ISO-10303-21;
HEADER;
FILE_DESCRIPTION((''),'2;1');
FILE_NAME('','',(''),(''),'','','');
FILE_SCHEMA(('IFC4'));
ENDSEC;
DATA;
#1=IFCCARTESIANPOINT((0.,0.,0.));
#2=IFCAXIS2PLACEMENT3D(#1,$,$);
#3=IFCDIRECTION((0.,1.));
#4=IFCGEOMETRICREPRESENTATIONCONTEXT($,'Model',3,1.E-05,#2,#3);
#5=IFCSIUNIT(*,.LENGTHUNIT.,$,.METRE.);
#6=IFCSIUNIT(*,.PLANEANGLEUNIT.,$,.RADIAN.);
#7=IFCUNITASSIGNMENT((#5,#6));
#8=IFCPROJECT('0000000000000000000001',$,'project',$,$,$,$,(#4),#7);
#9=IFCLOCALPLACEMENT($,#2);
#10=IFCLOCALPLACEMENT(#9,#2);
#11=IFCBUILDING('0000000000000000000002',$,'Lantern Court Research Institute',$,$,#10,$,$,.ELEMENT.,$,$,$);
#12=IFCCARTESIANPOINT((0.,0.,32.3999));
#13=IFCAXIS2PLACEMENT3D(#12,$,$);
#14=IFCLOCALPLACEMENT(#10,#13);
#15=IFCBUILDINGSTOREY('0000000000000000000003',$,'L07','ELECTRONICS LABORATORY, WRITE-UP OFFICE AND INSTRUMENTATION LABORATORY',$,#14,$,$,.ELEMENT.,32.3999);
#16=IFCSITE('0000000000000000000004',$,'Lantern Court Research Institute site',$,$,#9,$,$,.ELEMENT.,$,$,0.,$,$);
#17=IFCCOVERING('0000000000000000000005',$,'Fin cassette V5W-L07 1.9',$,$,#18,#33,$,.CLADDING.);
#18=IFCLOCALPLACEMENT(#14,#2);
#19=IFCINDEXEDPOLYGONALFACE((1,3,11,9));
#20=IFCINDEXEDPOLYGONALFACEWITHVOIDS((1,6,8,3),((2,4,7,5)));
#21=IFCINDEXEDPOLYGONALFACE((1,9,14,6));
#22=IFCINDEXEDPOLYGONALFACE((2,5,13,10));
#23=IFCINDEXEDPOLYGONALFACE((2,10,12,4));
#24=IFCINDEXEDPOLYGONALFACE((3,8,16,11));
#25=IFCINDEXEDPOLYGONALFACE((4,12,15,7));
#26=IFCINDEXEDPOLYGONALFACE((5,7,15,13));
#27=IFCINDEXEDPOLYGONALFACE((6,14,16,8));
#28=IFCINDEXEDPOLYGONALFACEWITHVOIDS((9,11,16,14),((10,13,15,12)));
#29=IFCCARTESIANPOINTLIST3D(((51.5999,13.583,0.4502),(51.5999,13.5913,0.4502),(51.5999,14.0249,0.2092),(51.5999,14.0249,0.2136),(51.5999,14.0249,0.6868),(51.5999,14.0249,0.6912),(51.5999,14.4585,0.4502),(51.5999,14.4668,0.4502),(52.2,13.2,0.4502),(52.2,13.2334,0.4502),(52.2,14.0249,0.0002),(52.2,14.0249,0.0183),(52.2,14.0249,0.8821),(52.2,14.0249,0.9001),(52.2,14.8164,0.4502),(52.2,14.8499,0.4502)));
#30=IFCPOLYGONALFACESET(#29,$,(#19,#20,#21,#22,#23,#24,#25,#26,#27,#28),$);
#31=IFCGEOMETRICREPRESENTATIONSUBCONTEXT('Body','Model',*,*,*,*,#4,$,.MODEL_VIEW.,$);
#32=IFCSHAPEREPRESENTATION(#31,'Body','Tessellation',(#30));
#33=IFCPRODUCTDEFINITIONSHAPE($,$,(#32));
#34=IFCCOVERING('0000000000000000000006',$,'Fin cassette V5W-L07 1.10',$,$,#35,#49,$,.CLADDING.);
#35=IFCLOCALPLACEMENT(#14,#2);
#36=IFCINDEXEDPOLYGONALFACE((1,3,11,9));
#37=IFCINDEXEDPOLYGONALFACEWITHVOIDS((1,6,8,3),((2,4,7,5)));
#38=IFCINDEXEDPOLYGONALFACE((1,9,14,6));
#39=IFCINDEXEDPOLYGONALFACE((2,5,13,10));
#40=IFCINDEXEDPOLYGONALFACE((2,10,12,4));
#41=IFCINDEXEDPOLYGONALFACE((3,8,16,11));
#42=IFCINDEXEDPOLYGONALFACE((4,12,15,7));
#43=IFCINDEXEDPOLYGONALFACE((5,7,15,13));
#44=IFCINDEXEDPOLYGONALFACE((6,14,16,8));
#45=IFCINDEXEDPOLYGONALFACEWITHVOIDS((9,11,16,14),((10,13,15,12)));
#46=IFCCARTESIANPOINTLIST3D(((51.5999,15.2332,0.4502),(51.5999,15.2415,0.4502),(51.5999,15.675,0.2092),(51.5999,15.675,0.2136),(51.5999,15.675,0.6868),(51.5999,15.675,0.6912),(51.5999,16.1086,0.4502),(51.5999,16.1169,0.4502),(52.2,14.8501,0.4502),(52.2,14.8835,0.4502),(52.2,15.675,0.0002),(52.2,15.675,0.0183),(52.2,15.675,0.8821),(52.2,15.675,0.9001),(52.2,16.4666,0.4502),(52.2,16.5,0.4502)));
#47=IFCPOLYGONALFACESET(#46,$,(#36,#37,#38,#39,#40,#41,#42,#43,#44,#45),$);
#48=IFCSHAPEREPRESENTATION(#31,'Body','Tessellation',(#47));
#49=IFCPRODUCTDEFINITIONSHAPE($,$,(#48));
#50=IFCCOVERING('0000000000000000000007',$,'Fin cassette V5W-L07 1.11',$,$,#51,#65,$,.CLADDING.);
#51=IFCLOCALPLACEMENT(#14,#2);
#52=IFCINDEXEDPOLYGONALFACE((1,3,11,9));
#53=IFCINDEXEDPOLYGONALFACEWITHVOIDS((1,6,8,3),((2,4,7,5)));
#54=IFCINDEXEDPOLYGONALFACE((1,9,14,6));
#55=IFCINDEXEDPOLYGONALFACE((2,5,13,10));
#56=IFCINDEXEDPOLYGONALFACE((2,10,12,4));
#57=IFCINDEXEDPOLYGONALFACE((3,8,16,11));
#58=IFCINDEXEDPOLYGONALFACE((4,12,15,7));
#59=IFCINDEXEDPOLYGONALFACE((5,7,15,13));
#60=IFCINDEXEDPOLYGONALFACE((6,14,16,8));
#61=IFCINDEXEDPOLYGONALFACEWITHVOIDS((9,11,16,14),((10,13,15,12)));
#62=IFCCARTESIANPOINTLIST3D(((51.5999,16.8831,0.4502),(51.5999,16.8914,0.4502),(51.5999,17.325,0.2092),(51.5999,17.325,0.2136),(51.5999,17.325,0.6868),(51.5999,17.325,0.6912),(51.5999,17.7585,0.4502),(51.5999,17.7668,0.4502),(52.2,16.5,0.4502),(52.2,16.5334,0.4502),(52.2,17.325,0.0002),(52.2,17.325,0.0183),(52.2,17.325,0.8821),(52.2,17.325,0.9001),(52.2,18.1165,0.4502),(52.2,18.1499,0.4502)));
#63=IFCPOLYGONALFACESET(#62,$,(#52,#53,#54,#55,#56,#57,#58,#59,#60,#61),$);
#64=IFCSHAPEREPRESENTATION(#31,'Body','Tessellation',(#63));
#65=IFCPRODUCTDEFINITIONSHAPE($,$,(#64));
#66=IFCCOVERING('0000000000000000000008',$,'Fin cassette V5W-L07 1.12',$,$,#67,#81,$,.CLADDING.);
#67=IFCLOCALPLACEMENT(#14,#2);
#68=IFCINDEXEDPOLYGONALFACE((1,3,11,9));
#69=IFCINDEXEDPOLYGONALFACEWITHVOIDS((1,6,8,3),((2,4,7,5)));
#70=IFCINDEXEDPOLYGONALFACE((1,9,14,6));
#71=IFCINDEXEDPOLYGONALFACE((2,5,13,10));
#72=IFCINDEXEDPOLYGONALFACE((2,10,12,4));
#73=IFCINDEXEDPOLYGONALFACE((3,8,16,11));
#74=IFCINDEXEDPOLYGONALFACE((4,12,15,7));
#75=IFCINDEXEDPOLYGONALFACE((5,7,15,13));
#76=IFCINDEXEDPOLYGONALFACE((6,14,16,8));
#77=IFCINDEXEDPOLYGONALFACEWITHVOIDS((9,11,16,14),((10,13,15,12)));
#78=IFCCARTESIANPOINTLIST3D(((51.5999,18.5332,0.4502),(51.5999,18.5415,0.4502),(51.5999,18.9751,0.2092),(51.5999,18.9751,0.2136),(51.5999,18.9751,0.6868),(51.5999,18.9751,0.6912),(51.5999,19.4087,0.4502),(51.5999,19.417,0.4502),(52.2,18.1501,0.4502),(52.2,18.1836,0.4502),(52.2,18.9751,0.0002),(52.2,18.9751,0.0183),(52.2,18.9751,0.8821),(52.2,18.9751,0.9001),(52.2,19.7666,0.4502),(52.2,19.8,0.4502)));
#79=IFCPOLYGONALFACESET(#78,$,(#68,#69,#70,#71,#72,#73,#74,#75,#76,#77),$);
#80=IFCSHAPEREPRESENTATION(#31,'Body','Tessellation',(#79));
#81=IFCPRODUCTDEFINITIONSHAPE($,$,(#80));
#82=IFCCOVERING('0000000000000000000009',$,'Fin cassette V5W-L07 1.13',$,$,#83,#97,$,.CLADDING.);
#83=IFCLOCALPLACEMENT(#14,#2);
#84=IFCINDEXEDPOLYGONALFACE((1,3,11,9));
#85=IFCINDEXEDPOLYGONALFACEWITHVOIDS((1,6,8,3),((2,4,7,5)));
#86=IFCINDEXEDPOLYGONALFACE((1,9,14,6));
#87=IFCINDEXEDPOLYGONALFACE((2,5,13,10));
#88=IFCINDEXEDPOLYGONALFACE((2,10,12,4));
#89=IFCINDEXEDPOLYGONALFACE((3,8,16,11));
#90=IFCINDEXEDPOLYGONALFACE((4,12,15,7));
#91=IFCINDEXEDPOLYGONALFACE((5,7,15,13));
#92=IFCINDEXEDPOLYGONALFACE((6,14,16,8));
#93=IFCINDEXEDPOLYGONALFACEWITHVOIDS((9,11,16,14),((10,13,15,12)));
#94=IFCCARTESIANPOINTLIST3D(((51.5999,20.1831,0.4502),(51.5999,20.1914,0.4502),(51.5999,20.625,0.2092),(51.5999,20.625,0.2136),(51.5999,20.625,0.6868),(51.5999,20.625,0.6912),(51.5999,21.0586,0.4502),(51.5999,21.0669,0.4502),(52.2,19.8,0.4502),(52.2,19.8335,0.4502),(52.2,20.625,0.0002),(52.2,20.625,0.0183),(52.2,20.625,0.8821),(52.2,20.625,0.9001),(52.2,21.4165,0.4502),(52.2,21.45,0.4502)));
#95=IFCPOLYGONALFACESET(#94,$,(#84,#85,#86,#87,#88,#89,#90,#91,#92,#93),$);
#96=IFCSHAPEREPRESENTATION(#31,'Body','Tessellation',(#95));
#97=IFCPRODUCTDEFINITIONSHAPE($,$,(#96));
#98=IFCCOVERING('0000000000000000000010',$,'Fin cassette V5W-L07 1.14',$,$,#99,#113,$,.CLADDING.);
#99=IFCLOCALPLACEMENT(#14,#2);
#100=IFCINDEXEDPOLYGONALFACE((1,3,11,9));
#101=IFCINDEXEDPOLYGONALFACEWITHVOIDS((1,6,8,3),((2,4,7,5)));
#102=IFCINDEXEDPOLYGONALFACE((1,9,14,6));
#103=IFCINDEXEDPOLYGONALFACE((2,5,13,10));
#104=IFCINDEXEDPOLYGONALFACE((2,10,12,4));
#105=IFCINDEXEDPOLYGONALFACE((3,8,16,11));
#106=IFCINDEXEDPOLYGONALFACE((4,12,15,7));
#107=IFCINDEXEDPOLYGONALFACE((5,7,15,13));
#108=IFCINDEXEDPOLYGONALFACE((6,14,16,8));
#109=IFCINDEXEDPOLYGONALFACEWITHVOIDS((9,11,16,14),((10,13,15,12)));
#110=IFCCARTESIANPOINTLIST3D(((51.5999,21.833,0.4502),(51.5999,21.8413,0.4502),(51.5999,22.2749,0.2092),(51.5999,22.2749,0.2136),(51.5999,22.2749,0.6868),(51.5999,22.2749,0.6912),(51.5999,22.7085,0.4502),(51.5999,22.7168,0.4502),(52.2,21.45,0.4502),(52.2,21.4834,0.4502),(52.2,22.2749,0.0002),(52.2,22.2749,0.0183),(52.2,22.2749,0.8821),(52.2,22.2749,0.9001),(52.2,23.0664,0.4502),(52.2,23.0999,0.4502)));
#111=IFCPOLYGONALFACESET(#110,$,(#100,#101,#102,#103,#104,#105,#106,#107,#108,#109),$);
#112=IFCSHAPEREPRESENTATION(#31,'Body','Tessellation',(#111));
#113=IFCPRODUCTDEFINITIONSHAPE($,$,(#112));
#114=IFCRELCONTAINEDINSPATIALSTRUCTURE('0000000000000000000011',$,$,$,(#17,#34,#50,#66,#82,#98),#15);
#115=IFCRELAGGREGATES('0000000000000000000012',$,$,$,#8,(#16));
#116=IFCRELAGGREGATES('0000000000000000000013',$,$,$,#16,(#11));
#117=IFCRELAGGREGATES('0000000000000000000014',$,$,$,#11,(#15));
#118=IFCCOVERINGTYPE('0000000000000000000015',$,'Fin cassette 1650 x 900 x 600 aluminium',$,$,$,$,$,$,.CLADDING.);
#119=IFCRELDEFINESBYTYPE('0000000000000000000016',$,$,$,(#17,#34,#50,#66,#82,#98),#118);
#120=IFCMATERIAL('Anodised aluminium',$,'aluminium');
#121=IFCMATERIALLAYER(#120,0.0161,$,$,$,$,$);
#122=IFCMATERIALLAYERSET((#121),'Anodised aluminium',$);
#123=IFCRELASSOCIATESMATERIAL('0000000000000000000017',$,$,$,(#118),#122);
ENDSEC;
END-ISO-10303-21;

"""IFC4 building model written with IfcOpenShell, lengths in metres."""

from ifc_helpers import new_model, entity, si_unit, direction, frame, origin, place, context, subcontext, project, spatial, material, layer, layer_set, type_object, element, save


model = new_model("IFC4")

# Units and contexts
model_context = context("Model", 3, precision=1e-05, world=origin(), true_north=direction((0.0, 1.0)))
body_context = subcontext(model_context, "Body", "Model", "MODEL_VIEW")
ifc_project = project(units=[si_unit("LENGTHUNIT", "METRE"), si_unit("PLANEANGLEUNIT", "RADIAN")], contexts=[model_context])

# Site, building, storey
site_placement = place(None, origin())
site = spatial("IfcSite", under=ifc_project, at=site_placement, Name="Lantern Court Research Institute site", CompositionType="ELEMENT", RefElevation=0.0)
building_placement = place(site_placement, origin())
building = spatial("IfcBuilding", under=site, at=building_placement, Name="Lantern Court Research Institute", CompositionType="ELEMENT")
storey_placement = place(building_placement, frame((0.0, 0.0, 32.3999)))
storey = spatial("IfcBuildingStorey", under=building, at=storey_placement, Name="L07", Description="ELECTRONICS LABORATORY, WRITE-UP OFFICE AND INSTRUMENTATION LABORATORY", CompositionType="ELEMENT", Elevation=32.3999)

# Coverings
ifc_material_1 = material(Name="Anodised aluminium", Category="aluminium")
ifc_layer_1 = layer(ifc_material_1, 0.0161)
ifc_layer_set_1 = layer_set([ifc_layer_1], Name="Anodised aluminium")
covering_type = type_object("IfcCoveringType", Name="Fin cassette 1650 x 900 x 600 aluminium", PredefinedType="CLADDING", material=ifc_layer_set_1)
covering_1_placement = place(storey_placement, frame((52.2, 14.0249, 0.4502), z_axis=(-1.0, 0.0, 0.0), x_axis=(0.0, -1.0, 0.0)))
cartesian_point_1 = entity("IfcCartesianPoint", [0.825, 0.0])
cartesian_point_2 = entity("IfcCartesianPoint", [0.7915, 0.0])
cartesian_point_3 = entity("IfcCartesianPoint", [0.4419, 0.0])
cartesian_point_4 = entity("IfcCartesianPoint", [0.4336, 0.0])
element("IfcCovering", 1, at=covering_1_placement, inside=storey, type_object=covering_type, Name="Fin cassette V5W-L07 1.9", PredefinedType="CLADDING", context=body_context, shape_type="SweptSolid", body=[
    entity("IfcExtrudedAreaSolidTapered", entity("IfcArbitraryProfileDefWithVoids", "AREA", None, entity("IfcPolyline", [cartesian_point_1, entity("IfcCartesianPoint", [0.0, 0.45]), entity("IfcCartesianPoint", [-0.825, 0.0]), entity("IfcCartesianPoint", [0.0, -0.45]), cartesian_point_1]), [entity("IfcPolyline", [cartesian_point_2, entity("IfcCartesianPoint", [0.0, 0.4319]), entity("IfcCartesianPoint", [-0.7915, 0.0]), entity("IfcCartesianPoint", [0.0, -0.4319]), cartesian_point_2])]), entity("IfcAxis2Placement3D", entity("IfcCartesianPoint", [0.0, 0.0, 0.0])), entity("IfcDirection", [0.0, 0.0, 1.0]), 0.6001, entity("IfcArbitraryProfileDefWithVoids", "AREA", None, entity("IfcPolyline", [cartesian_point_3, entity("IfcCartesianPoint", [0.0, 0.241]), entity("IfcCartesianPoint", [-0.4419, 0.0]), entity("IfcCartesianPoint", [0.0, -0.241]), cartesian_point_3]), [entity("IfcPolyline", [cartesian_point_4, entity("IfcCartesianPoint", [0.0, 0.2366]), entity("IfcCartesianPoint", [-0.4336, 0.0]), entity("IfcCartesianPoint", [0.0, -0.2366]), cartesian_point_4])])),
])
covering_2_placement = place(storey_placement, frame((52.2, 15.675, 0.4502), z_axis=(-1.0, 0.0, 0.0), x_axis=(0.0, -1.0, 0.0)))
cartesian_point_5 = entity("IfcCartesianPoint", [0.825, 0.0])
cartesian_point_6 = entity("IfcCartesianPoint", [0.7915, 0.0])
cartesian_point_7 = entity("IfcCartesianPoint", [0.4419, 0.0])
cartesian_point_8 = entity("IfcCartesianPoint", [0.4336, 0.0])
element("IfcCovering", 2, at=covering_2_placement, inside=storey, type_object=covering_type, Name="Fin cassette V5W-L07 1.10", PredefinedType="CLADDING", context=body_context, shape_type="SweptSolid", body=[
    entity("IfcExtrudedAreaSolidTapered", entity("IfcArbitraryProfileDefWithVoids", "AREA", None, entity("IfcPolyline", [cartesian_point_5, entity("IfcCartesianPoint", [0.0, 0.45]), entity("IfcCartesianPoint", [-0.825, 0.0]), entity("IfcCartesianPoint", [0.0, -0.45]), cartesian_point_5]), [entity("IfcPolyline", [cartesian_point_6, entity("IfcCartesianPoint", [0.0, 0.4319]), entity("IfcCartesianPoint", [-0.7915, 0.0]), entity("IfcCartesianPoint", [0.0, -0.4319]), cartesian_point_6])]), entity("IfcAxis2Placement3D", entity("IfcCartesianPoint", [0.0, 0.0, 0.0])), entity("IfcDirection", [0.0, 0.0, 1.0]), 0.6001, entity("IfcArbitraryProfileDefWithVoids", "AREA", None, entity("IfcPolyline", [cartesian_point_7, entity("IfcCartesianPoint", [0.0, 0.241]), entity("IfcCartesianPoint", [-0.4419, 0.0]), entity("IfcCartesianPoint", [0.0, -0.241]), cartesian_point_7]), [entity("IfcPolyline", [cartesian_point_8, entity("IfcCartesianPoint", [0.0, 0.2366]), entity("IfcCartesianPoint", [-0.4336, 0.0]), entity("IfcCartesianPoint", [0.0, -0.2366]), cartesian_point_8])])),
])
covering_3_placement = place(storey_placement, frame((52.2, 17.325, 0.4502), z_axis=(-1.0, 0.0, 0.0), x_axis=(0.0, -1.0, 0.0)))
cartesian_point_9 = entity("IfcCartesianPoint", [0.825, 0.0])
cartesian_point_10 = entity("IfcCartesianPoint", [0.7915, 0.0])
cartesian_point_11 = entity("IfcCartesianPoint", [0.4419, 0.0])
cartesian_point_12 = entity("IfcCartesianPoint", [0.4336, 0.0])
element("IfcCovering", 3, at=covering_3_placement, inside=storey, type_object=covering_type, Name="Fin cassette V5W-L07 1.11", PredefinedType="CLADDING", context=body_context, shape_type="SweptSolid", body=[
    entity("IfcExtrudedAreaSolidTapered", entity("IfcArbitraryProfileDefWithVoids", "AREA", None, entity("IfcPolyline", [cartesian_point_9, entity("IfcCartesianPoint", [0.0, 0.45]), entity("IfcCartesianPoint", [-0.825, 0.0]), entity("IfcCartesianPoint", [0.0, -0.45]), cartesian_point_9]), [entity("IfcPolyline", [cartesian_point_10, entity("IfcCartesianPoint", [0.0, 0.4319]), entity("IfcCartesianPoint", [-0.7915, 0.0]), entity("IfcCartesianPoint", [0.0, -0.4319]), cartesian_point_10])]), entity("IfcAxis2Placement3D", entity("IfcCartesianPoint", [0.0, 0.0, 0.0])), entity("IfcDirection", [0.0, 0.0, 1.0]), 0.6001, entity("IfcArbitraryProfileDefWithVoids", "AREA", None, entity("IfcPolyline", [cartesian_point_11, entity("IfcCartesianPoint", [0.0, 0.241]), entity("IfcCartesianPoint", [-0.4419, 0.0]), entity("IfcCartesianPoint", [0.0, -0.241]), cartesian_point_11]), [entity("IfcPolyline", [cartesian_point_12, entity("IfcCartesianPoint", [0.0, 0.2366]), entity("IfcCartesianPoint", [-0.4336, 0.0]), entity("IfcCartesianPoint", [0.0, -0.2366]), cartesian_point_12])])),
])
covering_4_placement = place(storey_placement, frame((52.2, 18.9751, 0.4502), z_axis=(-1.0, 0.0, 0.0), x_axis=(0.0, -1.0, 0.0)))
cartesian_point_13 = entity("IfcCartesianPoint", [0.825, 0.0])
cartesian_point_14 = entity("IfcCartesianPoint", [0.7915, 0.0])
cartesian_point_15 = entity("IfcCartesianPoint", [0.4419, 0.0])
cartesian_point_16 = entity("IfcCartesianPoint", [0.4336, 0.0])
element("IfcCovering", 4, at=covering_4_placement, inside=storey, type_object=covering_type, Name="Fin cassette V5W-L07 1.12", PredefinedType="CLADDING", context=body_context, shape_type="SweptSolid", body=[
    entity("IfcExtrudedAreaSolidTapered", entity("IfcArbitraryProfileDefWithVoids", "AREA", None, entity("IfcPolyline", [cartesian_point_13, entity("IfcCartesianPoint", [0.0, 0.45]), entity("IfcCartesianPoint", [-0.825, 0.0]), entity("IfcCartesianPoint", [0.0, -0.45]), cartesian_point_13]), [entity("IfcPolyline", [cartesian_point_14, entity("IfcCartesianPoint", [0.0, 0.4319]), entity("IfcCartesianPoint", [-0.7915, 0.0]), entity("IfcCartesianPoint", [0.0, -0.4319]), cartesian_point_14])]), entity("IfcAxis2Placement3D", entity("IfcCartesianPoint", [0.0, 0.0, 0.0])), entity("IfcDirection", [0.0, 0.0, 1.0]), 0.6001, entity("IfcArbitraryProfileDefWithVoids", "AREA", None, entity("IfcPolyline", [cartesian_point_15, entity("IfcCartesianPoint", [0.0, 0.241]), entity("IfcCartesianPoint", [-0.4419, 0.0]), entity("IfcCartesianPoint", [0.0, -0.241]), cartesian_point_15]), [entity("IfcPolyline", [cartesian_point_16, entity("IfcCartesianPoint", [0.0, 0.2366]), entity("IfcCartesianPoint", [-0.4336, 0.0]), entity("IfcCartesianPoint", [0.0, -0.2366]), cartesian_point_16])])),
])
covering_5_placement = place(storey_placement, frame((52.2, 20.625, 0.4502), z_axis=(-1.0, 0.0, 0.0), x_axis=(0.0, -1.0, 0.0)))
cartesian_point_17 = entity("IfcCartesianPoint", [0.825, 0.0])
cartesian_point_18 = entity("IfcCartesianPoint", [0.7915, 0.0])
cartesian_point_19 = entity("IfcCartesianPoint", [0.4419, 0.0])
cartesian_point_20 = entity("IfcCartesianPoint", [0.4336, 0.0])
element("IfcCovering", 5, at=covering_5_placement, inside=storey, type_object=covering_type, Name="Fin cassette V5W-L07 1.13", PredefinedType="CLADDING", context=body_context, shape_type="SweptSolid", body=[
    entity("IfcExtrudedAreaSolidTapered", entity("IfcArbitraryProfileDefWithVoids", "AREA", None, entity("IfcPolyline", [cartesian_point_17, entity("IfcCartesianPoint", [0.0, 0.45]), entity("IfcCartesianPoint", [-0.825, 0.0]), entity("IfcCartesianPoint", [0.0, -0.45]), cartesian_point_17]), [entity("IfcPolyline", [cartesian_point_18, entity("IfcCartesianPoint", [0.0, 0.4319]), entity("IfcCartesianPoint", [-0.7915, 0.0]), entity("IfcCartesianPoint", [0.0, -0.4319]), cartesian_point_18])]), entity("IfcAxis2Placement3D", entity("IfcCartesianPoint", [0.0, 0.0, 0.0])), entity("IfcDirection", [0.0, 0.0, 1.0]), 0.6001, entity("IfcArbitraryProfileDefWithVoids", "AREA", None, entity("IfcPolyline", [cartesian_point_19, entity("IfcCartesianPoint", [0.0, 0.241]), entity("IfcCartesianPoint", [-0.4419, 0.0]), entity("IfcCartesianPoint", [0.0, -0.241]), cartesian_point_19]), [entity("IfcPolyline", [cartesian_point_20, entity("IfcCartesianPoint", [0.0, 0.2366]), entity("IfcCartesianPoint", [-0.4336, 0.0]), entity("IfcCartesianPoint", [0.0, -0.2366]), cartesian_point_20])])),
])
covering_6_placement = place(storey_placement, frame((52.2, 22.2749, 0.4502), z_axis=(-1.0, 0.0, 0.0), x_axis=(0.0, -1.0, 0.0)))
cartesian_point_21 = entity("IfcCartesianPoint", [0.825, 0.0])
cartesian_point_22 = entity("IfcCartesianPoint", [0.7915, 0.0])
cartesian_point_23 = entity("IfcCartesianPoint", [0.4419, 0.0])
cartesian_point_24 = entity("IfcCartesianPoint", [0.4336, 0.0])
element("IfcCovering", 6, at=covering_6_placement, inside=storey, type_object=covering_type, Name="Fin cassette V5W-L07 1.14", PredefinedType="CLADDING", context=body_context, shape_type="SweptSolid", body=[
    entity("IfcExtrudedAreaSolidTapered", entity("IfcArbitraryProfileDefWithVoids", "AREA", None, entity("IfcPolyline", [cartesian_point_21, entity("IfcCartesianPoint", [0.0, 0.45]), entity("IfcCartesianPoint", [-0.825, 0.0]), entity("IfcCartesianPoint", [0.0, -0.45]), cartesian_point_21]), [entity("IfcPolyline", [cartesian_point_22, entity("IfcCartesianPoint", [0.0, 0.4319]), entity("IfcCartesianPoint", [-0.7915, 0.0]), entity("IfcCartesianPoint", [0.0, -0.4319]), cartesian_point_22])]), entity("IfcAxis2Placement3D", entity("IfcCartesianPoint", [0.0, 0.0, 0.0])), entity("IfcDirection", [0.0, 0.0, 1.0]), 0.6001, entity("IfcArbitraryProfileDefWithVoids", "AREA", None, entity("IfcPolyline", [cartesian_point_23, entity("IfcCartesianPoint", [0.0, 0.241]), entity("IfcCartesianPoint", [-0.4419, 0.0]), entity("IfcCartesianPoint", [0.0, -0.241]), cartesian_point_23]), [entity("IfcPolyline", [cartesian_point_24, entity("IfcCartesianPoint", [0.0, 0.2366]), entity("IfcCartesianPoint", [-0.4336, 0.0]), entity("IfcCartesianPoint", [0.0, -0.2366]), cartesian_point_24])])),
])

save(model, "model.ifc")
